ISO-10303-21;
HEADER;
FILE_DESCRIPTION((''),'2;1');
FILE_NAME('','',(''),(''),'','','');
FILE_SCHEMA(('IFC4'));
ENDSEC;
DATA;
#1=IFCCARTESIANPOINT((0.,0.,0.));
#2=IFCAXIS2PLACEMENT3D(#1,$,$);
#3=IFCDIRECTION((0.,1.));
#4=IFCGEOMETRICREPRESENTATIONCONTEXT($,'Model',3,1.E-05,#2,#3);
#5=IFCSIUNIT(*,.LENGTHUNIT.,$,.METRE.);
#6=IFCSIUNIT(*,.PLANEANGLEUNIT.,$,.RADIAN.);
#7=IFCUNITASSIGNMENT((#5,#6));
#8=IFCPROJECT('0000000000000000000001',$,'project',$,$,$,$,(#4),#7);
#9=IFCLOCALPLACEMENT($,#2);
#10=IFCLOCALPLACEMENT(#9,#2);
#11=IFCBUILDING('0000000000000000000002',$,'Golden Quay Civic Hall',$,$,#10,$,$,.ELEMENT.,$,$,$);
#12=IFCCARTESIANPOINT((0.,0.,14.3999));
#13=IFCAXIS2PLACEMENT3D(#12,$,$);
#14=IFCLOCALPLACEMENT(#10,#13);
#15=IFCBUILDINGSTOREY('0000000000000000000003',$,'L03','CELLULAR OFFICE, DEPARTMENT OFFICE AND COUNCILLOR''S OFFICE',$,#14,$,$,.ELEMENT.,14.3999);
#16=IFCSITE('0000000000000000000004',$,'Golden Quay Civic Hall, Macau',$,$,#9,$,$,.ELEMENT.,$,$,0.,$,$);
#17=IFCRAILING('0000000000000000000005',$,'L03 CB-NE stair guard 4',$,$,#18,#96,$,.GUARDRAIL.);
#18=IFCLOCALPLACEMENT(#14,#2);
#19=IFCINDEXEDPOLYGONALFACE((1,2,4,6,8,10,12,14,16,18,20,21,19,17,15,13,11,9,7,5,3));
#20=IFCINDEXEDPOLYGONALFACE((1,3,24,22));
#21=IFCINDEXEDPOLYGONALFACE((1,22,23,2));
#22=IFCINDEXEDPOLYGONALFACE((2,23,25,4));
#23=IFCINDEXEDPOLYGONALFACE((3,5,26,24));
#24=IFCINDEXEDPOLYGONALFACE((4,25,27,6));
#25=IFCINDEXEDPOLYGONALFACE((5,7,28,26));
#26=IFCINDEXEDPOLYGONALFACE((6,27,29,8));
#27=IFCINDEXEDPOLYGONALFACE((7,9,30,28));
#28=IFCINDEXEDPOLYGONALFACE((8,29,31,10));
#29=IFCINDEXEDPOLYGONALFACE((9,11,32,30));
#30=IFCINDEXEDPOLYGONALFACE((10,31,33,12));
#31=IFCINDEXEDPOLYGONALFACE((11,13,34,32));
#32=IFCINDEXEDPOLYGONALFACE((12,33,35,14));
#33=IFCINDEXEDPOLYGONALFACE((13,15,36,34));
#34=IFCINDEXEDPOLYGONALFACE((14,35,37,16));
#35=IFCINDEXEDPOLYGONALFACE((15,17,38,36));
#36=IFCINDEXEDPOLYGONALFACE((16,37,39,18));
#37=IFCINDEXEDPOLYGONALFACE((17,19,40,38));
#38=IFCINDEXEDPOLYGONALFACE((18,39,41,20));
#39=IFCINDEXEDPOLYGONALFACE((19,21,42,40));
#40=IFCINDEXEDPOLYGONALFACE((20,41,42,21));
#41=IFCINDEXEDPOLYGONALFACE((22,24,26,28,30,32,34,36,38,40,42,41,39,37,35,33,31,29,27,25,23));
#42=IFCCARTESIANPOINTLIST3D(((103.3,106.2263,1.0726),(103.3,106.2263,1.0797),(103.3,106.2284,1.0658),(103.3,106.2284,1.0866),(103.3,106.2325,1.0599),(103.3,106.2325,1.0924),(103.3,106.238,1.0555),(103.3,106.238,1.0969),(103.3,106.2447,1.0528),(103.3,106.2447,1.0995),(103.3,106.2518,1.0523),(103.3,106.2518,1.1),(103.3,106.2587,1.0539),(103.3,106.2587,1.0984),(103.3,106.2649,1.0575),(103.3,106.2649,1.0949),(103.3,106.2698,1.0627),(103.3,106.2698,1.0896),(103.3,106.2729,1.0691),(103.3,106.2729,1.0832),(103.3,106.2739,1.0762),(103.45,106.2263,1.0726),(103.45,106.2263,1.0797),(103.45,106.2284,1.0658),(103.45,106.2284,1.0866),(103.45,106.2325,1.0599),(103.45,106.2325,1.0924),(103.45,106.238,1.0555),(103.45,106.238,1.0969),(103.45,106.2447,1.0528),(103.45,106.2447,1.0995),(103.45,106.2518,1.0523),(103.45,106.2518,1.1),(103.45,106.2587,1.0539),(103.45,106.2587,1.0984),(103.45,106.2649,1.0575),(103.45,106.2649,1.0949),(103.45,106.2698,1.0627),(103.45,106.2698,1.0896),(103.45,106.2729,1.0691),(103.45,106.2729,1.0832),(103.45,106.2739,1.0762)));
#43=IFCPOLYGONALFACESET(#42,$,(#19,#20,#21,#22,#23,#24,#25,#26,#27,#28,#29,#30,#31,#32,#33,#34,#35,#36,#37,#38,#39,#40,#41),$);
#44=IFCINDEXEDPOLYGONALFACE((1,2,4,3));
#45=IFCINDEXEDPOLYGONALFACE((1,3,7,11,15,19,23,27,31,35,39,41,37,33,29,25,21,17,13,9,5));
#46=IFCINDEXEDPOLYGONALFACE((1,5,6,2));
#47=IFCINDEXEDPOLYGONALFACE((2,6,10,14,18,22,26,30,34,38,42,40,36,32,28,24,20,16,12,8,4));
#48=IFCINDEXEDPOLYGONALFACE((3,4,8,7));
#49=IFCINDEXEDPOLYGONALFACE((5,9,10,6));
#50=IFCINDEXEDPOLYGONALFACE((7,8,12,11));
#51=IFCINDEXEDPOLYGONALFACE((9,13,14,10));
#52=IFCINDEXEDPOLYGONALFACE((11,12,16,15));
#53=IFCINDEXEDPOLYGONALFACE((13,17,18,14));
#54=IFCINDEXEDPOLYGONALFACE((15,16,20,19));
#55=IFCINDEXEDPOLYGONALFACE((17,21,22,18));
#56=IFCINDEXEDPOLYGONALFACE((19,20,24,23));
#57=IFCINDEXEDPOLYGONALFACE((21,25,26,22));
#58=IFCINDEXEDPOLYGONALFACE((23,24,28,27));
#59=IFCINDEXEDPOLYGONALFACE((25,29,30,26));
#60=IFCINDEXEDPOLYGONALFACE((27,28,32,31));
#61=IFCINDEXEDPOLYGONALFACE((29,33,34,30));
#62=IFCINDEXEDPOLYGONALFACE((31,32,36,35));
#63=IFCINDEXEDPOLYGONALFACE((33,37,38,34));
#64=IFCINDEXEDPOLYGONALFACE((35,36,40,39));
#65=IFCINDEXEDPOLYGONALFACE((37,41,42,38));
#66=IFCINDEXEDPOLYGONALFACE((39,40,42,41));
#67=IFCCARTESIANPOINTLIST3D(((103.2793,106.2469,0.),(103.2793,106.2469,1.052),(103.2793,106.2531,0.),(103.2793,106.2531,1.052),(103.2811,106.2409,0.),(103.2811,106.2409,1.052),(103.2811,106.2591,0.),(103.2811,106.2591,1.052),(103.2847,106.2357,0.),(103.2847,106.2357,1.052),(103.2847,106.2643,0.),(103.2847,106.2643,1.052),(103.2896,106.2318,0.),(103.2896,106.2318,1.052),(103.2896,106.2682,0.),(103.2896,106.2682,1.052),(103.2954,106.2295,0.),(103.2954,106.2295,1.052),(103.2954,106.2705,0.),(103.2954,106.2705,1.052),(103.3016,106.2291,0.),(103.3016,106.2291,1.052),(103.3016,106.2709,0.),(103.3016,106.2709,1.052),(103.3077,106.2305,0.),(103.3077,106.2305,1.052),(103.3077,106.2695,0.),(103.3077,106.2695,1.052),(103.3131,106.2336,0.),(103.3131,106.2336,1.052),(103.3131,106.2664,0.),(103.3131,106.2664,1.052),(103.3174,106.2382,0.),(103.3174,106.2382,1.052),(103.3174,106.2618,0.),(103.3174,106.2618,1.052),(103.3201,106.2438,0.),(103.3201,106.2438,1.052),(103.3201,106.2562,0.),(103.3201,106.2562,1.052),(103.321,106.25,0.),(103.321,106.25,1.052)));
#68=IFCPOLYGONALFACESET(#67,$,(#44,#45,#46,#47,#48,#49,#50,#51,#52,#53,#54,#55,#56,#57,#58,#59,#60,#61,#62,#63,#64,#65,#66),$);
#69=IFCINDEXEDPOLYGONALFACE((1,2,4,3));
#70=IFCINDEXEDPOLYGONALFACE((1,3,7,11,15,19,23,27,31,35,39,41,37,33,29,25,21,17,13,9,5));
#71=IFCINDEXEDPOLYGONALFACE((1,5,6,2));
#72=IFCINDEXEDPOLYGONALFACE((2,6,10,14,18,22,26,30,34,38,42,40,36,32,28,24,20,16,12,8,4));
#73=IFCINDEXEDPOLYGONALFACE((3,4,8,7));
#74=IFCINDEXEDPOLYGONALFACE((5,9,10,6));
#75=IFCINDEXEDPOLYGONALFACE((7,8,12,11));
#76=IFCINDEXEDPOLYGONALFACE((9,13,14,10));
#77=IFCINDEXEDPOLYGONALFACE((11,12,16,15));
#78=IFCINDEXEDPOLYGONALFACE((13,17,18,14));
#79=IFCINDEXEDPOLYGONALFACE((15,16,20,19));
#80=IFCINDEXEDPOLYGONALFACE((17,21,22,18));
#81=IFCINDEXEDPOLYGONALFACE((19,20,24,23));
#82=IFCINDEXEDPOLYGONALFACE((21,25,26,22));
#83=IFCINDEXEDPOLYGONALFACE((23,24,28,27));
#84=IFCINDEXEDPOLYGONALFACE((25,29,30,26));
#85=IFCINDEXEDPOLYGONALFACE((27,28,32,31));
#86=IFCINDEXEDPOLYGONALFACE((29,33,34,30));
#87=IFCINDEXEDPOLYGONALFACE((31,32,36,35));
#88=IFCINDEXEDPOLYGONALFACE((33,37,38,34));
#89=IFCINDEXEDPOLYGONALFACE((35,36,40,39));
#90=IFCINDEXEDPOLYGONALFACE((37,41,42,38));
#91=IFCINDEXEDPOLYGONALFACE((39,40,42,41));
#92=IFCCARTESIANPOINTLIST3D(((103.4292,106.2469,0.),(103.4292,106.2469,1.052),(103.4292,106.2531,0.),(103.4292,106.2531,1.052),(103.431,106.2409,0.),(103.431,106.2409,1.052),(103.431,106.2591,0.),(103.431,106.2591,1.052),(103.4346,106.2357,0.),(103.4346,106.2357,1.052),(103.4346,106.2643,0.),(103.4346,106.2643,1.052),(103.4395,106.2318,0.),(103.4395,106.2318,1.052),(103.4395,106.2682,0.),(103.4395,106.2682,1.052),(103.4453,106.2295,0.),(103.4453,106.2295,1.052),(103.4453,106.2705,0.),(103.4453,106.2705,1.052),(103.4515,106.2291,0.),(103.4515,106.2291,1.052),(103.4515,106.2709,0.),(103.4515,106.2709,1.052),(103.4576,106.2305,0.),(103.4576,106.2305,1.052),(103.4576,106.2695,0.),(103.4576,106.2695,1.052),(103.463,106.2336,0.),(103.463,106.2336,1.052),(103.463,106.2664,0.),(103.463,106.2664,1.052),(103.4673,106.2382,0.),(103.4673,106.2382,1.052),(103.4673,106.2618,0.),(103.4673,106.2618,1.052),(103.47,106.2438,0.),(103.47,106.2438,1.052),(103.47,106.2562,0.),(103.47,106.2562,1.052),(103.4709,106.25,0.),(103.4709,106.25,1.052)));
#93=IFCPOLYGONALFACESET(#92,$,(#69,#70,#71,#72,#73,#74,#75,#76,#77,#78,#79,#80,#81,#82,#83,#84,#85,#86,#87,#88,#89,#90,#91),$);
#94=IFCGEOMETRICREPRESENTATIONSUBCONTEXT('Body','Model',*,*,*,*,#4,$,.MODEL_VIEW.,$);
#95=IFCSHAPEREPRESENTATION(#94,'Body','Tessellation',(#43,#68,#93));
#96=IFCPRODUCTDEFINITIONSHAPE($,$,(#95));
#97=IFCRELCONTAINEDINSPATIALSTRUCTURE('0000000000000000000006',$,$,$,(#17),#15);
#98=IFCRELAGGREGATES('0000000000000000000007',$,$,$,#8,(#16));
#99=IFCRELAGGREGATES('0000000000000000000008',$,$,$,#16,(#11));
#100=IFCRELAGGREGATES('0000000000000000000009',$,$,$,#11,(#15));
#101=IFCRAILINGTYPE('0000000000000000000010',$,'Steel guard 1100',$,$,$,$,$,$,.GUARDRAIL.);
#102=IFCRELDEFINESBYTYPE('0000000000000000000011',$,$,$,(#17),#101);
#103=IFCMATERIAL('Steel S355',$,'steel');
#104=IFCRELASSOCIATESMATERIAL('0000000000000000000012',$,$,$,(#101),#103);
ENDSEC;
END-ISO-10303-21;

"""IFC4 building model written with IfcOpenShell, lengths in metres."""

from ifc_helpers import new_model, si_unit, direction, frame, origin, origin_2d, place, context, subcontext, project, spatial, circle, extrude, material, type_object, element, save


model = new_model("IFC4")

# Units and contexts
model_context = context("Model", 3, precision=1e-05, world=origin(), true_north=direction((0.0, 1.0)))
body_context = subcontext(model_context, "Body", "Model", "MODEL_VIEW")
ifc_project = project(units=[si_unit("LENGTHUNIT", "METRE"), si_unit("PLANEANGLEUNIT", "RADIAN")], contexts=[model_context])

# Site, building, storey
site_placement = place(None, origin())
site = spatial("IfcSite", under=ifc_project, at=site_placement, Name="Golden Quay Civic Hall, Macau", CompositionType="ELEMENT", RefElevation=0.0)
building_placement = place(site_placement, origin())
building = spatial("IfcBuilding", under=site, at=building_placement, Name="Golden Quay Civic Hall", CompositionType="ELEMENT")
storey_placement = place(building_placement, frame((0.0, 0.0, 14.3999)))
storey = spatial("IfcBuildingStorey", under=building, at=storey_placement, Name="L03", Description="CELLULAR OFFICE, DEPARTMENT OFFICE AND COUNCILLOR'S OFFICE", CompositionType="ELEMENT", Elevation=14.3999)

# Railing
ifc_material_1 = material(Name="Steel S355", Category="steel")
railing_type = type_object("IfcRailingType", Name="Steel guard 1100", PredefinedType="GUARDRAIL", material=ifc_material_1)
railing_1_placement = place(storey_placement, frame((103.3, 106.25, 0.0)))
element("IfcRailing", 1, at=railing_1_placement, inside=storey, type_object=railing_type, Name="L03 CB-NE stair guard 4", PredefinedType="GUARDRAIL", context=body_context, shape_type="SweptSolid", body=[
    extrude(circle(Radius=0.0239, at=origin_2d()), frame((0.0, 0.0, 1.0762), z_axis=(1.0, 0.0, 0.0), x_axis=(0.0, 1.0, 0.0)), (0.0, 0.0, 1.0), 0.1499),
    extrude(circle(Radius=0.021, at=origin_2d()), origin(), (0.0, 0.0, 1.0), 1.052),
    extrude(circle(Radius=0.021, at=origin_2d()), frame((0.1499, 0.0, 0.0)), (0.0, 0.0, 1.0), 1.052),
])

save(model, "model.ifc")
